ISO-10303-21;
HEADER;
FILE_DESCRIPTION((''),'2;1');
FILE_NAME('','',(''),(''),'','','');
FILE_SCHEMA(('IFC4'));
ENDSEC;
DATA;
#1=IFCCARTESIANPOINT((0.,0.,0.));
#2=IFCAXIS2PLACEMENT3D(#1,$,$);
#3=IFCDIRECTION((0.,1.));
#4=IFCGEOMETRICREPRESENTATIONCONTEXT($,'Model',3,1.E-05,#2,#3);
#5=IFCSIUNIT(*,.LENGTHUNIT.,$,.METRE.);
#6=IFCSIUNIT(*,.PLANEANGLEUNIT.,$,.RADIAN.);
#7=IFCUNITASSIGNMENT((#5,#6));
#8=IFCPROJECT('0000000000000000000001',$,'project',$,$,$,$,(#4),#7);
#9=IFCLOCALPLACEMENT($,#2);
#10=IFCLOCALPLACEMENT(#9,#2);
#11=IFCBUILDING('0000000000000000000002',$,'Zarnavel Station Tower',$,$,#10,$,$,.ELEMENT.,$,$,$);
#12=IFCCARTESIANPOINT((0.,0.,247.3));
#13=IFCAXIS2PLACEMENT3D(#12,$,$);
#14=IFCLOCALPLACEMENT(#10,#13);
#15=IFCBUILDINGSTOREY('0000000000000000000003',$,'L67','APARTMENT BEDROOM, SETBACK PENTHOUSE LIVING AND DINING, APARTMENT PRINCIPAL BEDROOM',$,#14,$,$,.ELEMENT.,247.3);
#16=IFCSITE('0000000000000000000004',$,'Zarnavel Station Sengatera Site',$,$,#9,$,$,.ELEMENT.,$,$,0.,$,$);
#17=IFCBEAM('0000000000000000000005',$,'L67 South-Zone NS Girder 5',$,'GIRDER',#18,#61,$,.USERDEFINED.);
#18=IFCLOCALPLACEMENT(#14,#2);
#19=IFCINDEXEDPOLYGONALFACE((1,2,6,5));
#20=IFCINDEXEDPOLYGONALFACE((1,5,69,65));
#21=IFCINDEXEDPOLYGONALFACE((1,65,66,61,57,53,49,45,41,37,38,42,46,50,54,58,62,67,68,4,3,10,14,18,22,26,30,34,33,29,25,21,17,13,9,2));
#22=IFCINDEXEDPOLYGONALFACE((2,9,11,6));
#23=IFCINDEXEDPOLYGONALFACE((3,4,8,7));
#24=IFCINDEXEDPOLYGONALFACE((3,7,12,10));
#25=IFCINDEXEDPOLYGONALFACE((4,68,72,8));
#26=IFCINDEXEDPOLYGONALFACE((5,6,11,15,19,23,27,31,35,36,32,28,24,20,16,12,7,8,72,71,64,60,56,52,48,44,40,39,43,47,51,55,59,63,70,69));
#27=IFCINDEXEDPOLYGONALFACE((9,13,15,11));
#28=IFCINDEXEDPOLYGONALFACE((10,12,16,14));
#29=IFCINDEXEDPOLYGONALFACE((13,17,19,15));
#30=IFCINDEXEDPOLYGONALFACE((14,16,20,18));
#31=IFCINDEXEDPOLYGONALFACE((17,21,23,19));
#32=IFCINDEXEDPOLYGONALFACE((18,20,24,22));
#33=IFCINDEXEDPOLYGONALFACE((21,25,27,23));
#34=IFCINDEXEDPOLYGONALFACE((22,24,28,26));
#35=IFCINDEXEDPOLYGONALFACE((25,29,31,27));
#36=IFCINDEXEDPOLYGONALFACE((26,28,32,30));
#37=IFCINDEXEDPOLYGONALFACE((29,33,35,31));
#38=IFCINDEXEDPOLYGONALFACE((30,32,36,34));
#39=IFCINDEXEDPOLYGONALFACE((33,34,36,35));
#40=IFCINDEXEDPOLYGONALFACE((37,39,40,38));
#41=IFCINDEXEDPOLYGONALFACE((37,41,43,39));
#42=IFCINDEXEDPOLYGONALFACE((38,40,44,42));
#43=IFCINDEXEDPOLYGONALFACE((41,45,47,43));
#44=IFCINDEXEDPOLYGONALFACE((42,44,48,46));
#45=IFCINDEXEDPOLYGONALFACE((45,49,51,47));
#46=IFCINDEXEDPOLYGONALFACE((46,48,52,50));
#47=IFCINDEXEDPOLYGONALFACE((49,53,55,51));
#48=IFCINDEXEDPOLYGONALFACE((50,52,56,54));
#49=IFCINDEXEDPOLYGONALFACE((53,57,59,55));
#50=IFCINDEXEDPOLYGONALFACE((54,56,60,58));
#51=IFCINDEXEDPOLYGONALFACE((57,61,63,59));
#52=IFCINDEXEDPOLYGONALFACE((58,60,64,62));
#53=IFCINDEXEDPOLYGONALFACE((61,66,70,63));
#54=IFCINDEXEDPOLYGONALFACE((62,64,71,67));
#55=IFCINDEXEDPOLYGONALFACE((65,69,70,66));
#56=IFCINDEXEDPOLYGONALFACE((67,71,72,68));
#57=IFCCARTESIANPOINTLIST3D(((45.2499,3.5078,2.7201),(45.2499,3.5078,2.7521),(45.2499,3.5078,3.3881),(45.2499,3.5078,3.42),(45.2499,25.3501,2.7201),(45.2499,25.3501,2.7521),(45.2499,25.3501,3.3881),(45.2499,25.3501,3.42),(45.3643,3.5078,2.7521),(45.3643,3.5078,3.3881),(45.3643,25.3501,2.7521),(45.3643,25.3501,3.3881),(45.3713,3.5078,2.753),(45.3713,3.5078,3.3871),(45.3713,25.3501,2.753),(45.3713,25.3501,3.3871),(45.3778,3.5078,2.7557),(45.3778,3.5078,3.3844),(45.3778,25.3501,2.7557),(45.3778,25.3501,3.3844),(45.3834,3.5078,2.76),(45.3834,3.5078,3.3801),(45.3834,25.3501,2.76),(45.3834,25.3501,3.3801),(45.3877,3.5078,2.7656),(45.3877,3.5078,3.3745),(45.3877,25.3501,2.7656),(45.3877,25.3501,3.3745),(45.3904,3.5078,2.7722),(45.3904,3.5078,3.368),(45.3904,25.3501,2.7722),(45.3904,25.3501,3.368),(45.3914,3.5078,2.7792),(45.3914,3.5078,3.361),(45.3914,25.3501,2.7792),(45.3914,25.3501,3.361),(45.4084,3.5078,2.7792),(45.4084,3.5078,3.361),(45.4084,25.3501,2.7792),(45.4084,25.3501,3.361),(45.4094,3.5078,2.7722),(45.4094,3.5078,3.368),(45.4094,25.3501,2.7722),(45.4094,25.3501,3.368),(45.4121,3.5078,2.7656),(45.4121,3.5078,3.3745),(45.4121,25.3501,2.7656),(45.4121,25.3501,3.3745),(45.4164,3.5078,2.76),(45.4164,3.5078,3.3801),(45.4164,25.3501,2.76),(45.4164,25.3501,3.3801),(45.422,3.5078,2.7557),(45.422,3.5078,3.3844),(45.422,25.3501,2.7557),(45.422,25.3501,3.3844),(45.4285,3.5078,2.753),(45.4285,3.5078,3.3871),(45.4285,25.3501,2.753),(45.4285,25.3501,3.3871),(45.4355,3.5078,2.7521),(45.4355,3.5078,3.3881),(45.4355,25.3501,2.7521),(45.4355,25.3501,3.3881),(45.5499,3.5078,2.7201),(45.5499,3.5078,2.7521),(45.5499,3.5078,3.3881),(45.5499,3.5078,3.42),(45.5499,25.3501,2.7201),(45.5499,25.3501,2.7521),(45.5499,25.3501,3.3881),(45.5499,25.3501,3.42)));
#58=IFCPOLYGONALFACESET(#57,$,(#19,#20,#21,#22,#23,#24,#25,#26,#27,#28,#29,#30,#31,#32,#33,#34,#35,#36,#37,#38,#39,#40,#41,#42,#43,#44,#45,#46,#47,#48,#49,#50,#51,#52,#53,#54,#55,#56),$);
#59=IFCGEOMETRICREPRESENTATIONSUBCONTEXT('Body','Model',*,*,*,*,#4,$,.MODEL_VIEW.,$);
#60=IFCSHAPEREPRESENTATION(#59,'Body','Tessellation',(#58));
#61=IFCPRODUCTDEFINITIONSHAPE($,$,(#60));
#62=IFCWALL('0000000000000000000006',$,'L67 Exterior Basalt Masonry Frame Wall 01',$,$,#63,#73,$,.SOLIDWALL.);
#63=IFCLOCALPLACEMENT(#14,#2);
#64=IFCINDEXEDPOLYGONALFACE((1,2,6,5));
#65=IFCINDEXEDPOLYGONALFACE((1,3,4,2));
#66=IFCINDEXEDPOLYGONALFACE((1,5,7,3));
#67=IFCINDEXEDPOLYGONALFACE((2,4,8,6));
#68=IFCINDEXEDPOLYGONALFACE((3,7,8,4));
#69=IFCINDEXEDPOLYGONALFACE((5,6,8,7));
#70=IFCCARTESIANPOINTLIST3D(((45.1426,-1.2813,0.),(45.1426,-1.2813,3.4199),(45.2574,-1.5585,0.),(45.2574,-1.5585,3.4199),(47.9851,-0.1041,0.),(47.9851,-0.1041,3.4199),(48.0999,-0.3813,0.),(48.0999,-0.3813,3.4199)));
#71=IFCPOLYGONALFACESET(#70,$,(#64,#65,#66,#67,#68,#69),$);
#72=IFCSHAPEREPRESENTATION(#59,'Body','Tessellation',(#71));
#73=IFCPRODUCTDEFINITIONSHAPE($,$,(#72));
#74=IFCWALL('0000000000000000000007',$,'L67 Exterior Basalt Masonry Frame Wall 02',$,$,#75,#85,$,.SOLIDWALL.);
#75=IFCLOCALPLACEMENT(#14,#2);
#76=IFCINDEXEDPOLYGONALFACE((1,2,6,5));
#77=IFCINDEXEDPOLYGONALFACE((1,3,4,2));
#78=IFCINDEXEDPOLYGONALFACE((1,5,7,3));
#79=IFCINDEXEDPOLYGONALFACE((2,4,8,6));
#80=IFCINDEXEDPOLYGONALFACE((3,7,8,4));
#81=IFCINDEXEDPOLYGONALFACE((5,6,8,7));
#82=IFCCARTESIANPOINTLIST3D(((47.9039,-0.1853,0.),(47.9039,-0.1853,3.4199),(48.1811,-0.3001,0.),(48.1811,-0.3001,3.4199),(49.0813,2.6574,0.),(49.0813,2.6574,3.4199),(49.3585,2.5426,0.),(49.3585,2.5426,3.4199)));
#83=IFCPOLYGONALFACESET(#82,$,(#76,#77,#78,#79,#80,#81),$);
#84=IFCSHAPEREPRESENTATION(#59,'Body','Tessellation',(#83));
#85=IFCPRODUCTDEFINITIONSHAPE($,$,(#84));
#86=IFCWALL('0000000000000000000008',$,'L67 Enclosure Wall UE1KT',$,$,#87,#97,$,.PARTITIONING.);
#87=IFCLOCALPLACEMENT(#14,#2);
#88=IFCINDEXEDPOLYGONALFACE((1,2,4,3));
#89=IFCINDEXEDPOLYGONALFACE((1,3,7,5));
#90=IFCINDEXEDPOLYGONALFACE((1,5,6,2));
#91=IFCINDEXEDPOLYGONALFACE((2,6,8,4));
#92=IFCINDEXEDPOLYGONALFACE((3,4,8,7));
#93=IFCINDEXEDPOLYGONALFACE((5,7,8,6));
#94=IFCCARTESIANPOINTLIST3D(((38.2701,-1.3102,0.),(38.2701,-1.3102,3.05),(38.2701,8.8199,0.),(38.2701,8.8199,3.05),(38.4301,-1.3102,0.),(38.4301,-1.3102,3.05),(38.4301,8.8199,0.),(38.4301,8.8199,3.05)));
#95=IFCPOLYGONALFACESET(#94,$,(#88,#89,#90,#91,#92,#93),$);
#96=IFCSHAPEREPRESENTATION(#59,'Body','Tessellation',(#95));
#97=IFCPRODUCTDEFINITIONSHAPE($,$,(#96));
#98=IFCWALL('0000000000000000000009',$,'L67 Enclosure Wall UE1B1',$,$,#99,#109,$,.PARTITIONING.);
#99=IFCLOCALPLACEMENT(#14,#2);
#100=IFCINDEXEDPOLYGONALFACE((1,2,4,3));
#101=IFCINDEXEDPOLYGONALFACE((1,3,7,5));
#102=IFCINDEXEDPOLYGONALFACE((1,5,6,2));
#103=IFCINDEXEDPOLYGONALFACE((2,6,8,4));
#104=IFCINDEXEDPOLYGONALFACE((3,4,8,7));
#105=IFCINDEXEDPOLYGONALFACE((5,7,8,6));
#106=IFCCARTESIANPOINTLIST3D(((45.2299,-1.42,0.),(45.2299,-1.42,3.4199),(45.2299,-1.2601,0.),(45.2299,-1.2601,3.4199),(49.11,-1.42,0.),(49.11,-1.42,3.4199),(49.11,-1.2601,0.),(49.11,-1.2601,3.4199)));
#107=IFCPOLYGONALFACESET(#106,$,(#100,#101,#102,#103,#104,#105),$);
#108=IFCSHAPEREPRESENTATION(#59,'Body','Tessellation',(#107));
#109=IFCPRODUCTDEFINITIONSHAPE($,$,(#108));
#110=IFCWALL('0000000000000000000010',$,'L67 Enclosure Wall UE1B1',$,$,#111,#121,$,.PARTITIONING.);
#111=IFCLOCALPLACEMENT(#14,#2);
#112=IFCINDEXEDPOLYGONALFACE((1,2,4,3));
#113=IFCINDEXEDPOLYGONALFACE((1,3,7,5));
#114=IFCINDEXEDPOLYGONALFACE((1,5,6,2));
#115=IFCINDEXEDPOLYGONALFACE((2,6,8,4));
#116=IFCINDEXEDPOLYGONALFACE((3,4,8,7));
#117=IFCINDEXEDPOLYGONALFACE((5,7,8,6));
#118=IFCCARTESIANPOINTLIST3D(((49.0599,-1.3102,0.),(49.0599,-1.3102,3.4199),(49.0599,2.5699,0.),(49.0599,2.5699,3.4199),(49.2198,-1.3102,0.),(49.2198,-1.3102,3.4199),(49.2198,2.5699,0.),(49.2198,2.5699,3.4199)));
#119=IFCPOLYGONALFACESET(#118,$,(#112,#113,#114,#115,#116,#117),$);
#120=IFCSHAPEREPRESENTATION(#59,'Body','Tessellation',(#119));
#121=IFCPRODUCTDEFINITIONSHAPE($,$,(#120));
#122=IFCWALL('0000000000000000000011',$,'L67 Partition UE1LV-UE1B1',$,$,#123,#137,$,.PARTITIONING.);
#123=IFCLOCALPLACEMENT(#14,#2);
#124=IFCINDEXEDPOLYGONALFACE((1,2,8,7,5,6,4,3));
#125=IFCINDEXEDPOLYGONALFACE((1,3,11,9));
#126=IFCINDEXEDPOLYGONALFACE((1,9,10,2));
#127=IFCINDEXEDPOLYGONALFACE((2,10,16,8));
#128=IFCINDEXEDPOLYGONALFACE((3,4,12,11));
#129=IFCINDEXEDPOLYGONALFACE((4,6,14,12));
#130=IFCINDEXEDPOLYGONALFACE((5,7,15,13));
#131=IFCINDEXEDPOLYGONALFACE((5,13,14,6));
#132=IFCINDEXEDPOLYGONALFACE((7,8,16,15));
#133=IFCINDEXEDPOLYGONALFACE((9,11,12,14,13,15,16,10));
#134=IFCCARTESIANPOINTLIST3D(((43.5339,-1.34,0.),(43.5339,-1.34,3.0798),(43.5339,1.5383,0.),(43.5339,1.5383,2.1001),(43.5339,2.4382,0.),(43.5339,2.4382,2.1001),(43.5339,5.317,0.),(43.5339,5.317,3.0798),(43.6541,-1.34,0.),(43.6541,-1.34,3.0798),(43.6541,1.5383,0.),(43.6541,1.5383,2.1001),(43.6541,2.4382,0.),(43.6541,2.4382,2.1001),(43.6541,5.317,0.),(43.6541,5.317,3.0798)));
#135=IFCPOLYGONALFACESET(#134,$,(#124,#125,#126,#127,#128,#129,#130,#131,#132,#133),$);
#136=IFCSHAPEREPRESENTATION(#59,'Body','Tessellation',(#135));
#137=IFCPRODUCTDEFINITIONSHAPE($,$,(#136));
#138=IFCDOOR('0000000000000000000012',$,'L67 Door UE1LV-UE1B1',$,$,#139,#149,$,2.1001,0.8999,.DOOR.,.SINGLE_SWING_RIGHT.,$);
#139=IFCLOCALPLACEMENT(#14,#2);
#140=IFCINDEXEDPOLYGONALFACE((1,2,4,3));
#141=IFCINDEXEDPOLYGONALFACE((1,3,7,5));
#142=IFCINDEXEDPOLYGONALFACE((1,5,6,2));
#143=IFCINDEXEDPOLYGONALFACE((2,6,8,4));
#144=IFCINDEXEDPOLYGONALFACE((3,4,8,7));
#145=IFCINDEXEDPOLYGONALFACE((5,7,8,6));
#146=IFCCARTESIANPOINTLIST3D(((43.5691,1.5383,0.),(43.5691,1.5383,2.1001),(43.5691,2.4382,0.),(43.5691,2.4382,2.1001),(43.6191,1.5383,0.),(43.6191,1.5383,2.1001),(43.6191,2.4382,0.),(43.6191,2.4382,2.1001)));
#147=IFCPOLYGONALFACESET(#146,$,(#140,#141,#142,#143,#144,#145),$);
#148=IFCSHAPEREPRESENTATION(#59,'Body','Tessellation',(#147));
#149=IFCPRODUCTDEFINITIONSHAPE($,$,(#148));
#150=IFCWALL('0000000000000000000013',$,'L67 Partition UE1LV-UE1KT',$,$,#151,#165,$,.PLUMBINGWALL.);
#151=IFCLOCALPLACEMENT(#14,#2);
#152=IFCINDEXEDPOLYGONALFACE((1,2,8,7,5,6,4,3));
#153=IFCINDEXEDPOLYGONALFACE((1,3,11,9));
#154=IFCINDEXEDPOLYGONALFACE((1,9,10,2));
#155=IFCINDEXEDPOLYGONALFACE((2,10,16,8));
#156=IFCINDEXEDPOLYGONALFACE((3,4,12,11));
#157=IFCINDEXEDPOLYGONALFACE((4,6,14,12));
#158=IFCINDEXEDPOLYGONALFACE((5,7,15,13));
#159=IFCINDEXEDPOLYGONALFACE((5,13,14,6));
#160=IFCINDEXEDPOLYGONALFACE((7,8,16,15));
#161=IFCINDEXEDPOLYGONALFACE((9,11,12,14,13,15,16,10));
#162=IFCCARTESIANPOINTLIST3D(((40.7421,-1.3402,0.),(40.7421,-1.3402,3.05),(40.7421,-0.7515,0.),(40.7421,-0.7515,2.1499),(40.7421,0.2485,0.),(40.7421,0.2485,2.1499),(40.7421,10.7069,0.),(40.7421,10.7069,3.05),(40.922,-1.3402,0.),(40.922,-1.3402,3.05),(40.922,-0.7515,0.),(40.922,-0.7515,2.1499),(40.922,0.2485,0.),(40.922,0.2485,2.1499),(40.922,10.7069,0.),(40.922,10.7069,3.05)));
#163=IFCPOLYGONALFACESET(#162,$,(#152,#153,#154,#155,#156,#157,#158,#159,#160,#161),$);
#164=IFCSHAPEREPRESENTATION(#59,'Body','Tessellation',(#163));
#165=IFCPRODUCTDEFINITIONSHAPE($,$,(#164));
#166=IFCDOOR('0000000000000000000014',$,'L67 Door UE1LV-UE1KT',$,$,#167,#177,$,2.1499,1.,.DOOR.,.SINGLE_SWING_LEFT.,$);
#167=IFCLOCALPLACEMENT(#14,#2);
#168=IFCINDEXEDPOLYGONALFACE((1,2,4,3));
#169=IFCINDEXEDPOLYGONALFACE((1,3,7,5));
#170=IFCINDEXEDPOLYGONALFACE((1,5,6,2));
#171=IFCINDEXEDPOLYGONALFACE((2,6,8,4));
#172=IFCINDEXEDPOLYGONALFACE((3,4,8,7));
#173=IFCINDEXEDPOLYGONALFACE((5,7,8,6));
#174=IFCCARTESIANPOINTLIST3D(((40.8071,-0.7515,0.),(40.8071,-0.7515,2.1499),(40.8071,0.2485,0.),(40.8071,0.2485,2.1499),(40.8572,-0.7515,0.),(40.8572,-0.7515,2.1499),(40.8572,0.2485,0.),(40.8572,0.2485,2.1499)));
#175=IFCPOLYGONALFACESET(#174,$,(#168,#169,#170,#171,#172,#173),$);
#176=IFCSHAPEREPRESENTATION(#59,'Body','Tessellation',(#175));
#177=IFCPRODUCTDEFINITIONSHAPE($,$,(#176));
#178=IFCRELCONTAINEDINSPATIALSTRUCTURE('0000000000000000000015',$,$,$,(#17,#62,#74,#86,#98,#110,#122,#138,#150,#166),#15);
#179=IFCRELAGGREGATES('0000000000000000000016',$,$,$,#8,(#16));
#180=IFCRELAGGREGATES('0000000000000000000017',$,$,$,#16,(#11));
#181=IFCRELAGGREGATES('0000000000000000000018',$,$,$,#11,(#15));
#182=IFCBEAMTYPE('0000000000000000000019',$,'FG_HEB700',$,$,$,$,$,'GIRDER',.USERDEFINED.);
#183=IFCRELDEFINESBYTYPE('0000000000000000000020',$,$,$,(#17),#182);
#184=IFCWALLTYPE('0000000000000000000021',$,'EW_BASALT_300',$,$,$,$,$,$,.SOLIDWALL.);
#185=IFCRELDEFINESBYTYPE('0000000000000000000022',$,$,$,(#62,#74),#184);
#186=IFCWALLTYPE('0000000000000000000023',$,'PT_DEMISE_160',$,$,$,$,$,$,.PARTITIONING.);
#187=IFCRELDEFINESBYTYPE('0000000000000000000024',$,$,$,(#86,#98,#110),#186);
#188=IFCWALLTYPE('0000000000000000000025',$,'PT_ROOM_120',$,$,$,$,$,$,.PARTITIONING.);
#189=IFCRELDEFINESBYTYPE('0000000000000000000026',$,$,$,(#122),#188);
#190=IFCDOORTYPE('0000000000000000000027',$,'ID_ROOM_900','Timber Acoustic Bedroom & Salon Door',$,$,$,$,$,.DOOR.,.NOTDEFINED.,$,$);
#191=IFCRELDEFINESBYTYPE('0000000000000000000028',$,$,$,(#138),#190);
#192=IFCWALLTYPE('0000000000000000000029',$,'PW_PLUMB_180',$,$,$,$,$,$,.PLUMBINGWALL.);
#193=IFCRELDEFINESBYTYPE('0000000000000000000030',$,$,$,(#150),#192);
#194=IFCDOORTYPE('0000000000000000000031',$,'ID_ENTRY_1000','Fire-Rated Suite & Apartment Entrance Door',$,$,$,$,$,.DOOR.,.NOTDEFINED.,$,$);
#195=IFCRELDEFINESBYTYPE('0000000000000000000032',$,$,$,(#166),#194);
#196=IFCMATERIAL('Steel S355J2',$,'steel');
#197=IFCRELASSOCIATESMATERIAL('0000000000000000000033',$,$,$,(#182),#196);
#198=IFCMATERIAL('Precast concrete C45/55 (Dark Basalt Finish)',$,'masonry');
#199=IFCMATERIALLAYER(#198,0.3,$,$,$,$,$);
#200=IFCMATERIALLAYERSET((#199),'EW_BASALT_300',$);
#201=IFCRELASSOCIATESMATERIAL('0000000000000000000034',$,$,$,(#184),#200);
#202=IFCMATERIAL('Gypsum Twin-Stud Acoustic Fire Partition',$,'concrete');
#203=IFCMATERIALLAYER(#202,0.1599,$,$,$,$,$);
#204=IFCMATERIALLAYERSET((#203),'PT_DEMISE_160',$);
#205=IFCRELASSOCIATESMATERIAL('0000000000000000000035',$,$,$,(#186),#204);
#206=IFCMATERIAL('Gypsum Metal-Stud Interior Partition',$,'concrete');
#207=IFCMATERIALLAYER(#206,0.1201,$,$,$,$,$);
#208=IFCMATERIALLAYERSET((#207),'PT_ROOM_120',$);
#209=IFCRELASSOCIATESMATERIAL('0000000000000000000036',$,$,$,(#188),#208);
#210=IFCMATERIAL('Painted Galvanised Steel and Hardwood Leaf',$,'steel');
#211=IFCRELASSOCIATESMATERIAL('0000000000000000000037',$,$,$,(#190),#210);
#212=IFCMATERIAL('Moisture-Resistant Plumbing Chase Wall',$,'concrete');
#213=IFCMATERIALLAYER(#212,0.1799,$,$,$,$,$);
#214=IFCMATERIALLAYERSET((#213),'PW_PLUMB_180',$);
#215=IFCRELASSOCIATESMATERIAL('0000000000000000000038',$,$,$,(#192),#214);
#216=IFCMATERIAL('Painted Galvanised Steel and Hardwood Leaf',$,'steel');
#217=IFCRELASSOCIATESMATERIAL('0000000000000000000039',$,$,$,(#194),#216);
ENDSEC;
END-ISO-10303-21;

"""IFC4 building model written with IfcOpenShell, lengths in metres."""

from ifc_helpers import new_model, si_unit, direction, frame, frame_2d, origin, origin_2d, place, context, subcontext, project, spatial, rectangle, i_section, extrude, material, layer, layer_set, material_profile, profile_set, type_object, element, fill, save


model = new_model("IFC4")

# Units and contexts
model_context = context("Model", 3, precision=1e-05, world=origin(), true_north=direction((0.0, 1.0)))
body_context = subcontext(model_context, "Body", "Model", "MODEL_VIEW")
ifc_project = project(units=[si_unit("LENGTHUNIT", "METRE"), si_unit("PLANEANGLEUNIT", "RADIAN")], contexts=[model_context])

# Site, building, storey
site_placement = place(None, origin())
site = spatial("IfcSite", under=ifc_project, at=site_placement, Name="Zarnavel Station Sengatera Site", CompositionType="ELEMENT", RefElevation=0.0)
building_placement = place(site_placement, origin())
building = spatial("IfcBuilding", under=site, at=building_placement, Name="Zarnavel Station Tower", CompositionType="ELEMENT")
storey_placement = place(building_placement, frame((0.0, 0.0, 247.3)))
storey = spatial("IfcBuildingStorey", under=building, at=storey_placement, Name="L67", Description="APARTMENT BEDROOM, SETBACK PENTHOUSE LIVING AND DINING, APARTMENT PRINCIPAL BEDROOM", CompositionType="ELEMENT", Elevation=247.3)

# Beam
ifc_material_1 = material(Name="Steel S355J2", Category="steel")
ifc_material_profile = material_profile(ifc_material_1, i_section(OverallWidth=0.3, OverallDepth=0.7, WebThickness=0.0171, FlangeThickness=0.032, FilletRadius=0.0271, at=origin_2d()), Name="HEB700")
ifc_profile_set = profile_set([ifc_material_profile], Name="Steel S355J2")
beam_type = type_object("IfcBeamType", Name="FG_HEB700", ElementType="GIRDER", PredefinedType="USERDEFINED", material=ifc_profile_set)
beam_placement = place(storey_placement, frame((45.3999, 3.5078, 3.0701), z_axis=(0.0, 1.0, 0.0), x_axis=(-1.0, 0.0, 0.0)))
element("IfcBeam", 1, at=beam_placement, inside=storey, type_object=beam_type, Name="L67 South-Zone NS Girder 5", ObjectType="GIRDER", PredefinedType="USERDEFINED", context=body_context, shape_type="SweptSolid", body=[
    extrude(i_section(OverallWidth=0.3, OverallDepth=0.7, WebThickness=0.0171, FlangeThickness=0.032, FilletRadius=0.0271, at=origin_2d()), origin(), (0.0, 0.0, 1.0), 21.8423),
])

# Walls
ifc_material_2 = material(Name="Precast concrete C45/55 (Dark Basalt Finish)", Category="masonry")
ifc_layer_1 = layer(ifc_material_2, 0.3)
ifc_layer_set_1 = layer_set([ifc_layer_1], Name="EW_BASALT_300")
wall_type_1 = type_object("IfcWallType", Name="EW_BASALT_300", PredefinedType="SOLIDWALL", material=ifc_layer_set_1)
wall_1_placement = place(storey_placement, frame((48.0425, -0.2427, 0.0), z_axis=(0.0, 0.0, 1.0), x_axis=(-0.923899, -0.382637, 0.0)))
element("IfcWall", 2, at=wall_1_placement, inside=storey, type_object=wall_type_1, Name="L67 Exterior Basalt Masonry Frame Wall 01", PredefinedType="SOLIDWALL", context=body_context, shape_type="SweptSolid", body=[
    extrude(rectangle(XDim=3.0767, YDim=0.3, at=frame_2d((1.5383, 0.0))), origin(), (0.0, 0.0, 1.0), 3.4199),
])
wall_2_placement = place(storey_placement, frame((49.22, 2.6001, 0.0), z_axis=(0.0, 0.0, 1.0), x_axis=(-0.382676, -0.923882, 0.0)))
element("IfcWall", 3, at=wall_2_placement, inside=storey, type_object=wall_type_1, Name="L67 Exterior Basalt Masonry Frame Wall 02", PredefinedType="SOLIDWALL", context=body_context, shape_type="SweptSolid", body=[
    extrude(rectangle(XDim=3.0769, YDim=0.3, at=frame_2d((1.5386, 0.0))), origin(), (0.0, 0.0, 1.0), 3.4199),
])

# Walls
ifc_material_3 = material(Name="Gypsum Twin-Stud Acoustic Fire Partition", Category="concrete")
ifc_layer_2 = layer(ifc_material_3, 0.1599)
ifc_layer_set_2 = layer_set([ifc_layer_2], Name="PT_DEMISE_160")
wall_type_2 = type_object("IfcWallType", Name="PT_DEMISE_160", PredefinedType="PARTITIONING", material=ifc_layer_set_2)
wall_3_placement = place(storey_placement, frame((38.3501, -1.3101, 0.0), z_axis=(0.0, 0.0, 1.0), x_axis=(0.0, 1.0, 0.0)))
element("IfcWall", 4, at=wall_3_placement, inside=storey, type_object=wall_type_2, Name="L67 Enclosure Wall UE1KT", PredefinedType="PARTITIONING", context=body_context, shape_type="SweptSolid", body=[
    extrude(rectangle(XDim=10.1301, YDim=0.1599, at=frame_2d((5.0649, 0.0))), origin(), (0.0, 0.0, 1.0), 3.05),
])
for number, where, z_axis, x_axis, name in (
    (5, (45.23, -1.3401, 0.0), (0.0, 0.0, 1.0), (1.0, 0.0, 0.0), "L67 Enclosure Wall UE1B1"),
    (6, (49.1399, -1.3101, 0.0), (0.0, 0.0, 1.0), (0.0, 1.0, 0.0), "L67 Enclosure Wall UE1B1"),
):
    element("IfcWall", number, at=place(storey_placement, frame(where, z_axis=z_axis, x_axis=x_axis)), inside=storey, type_object=wall_type_2, Name=name, PredefinedType="PARTITIONING", context=body_context, shape_type="SweptSolid", body=[
        extrude(rectangle(XDim=3.8801, YDim=0.1599, at=frame_2d((1.9399, 0.0))), origin(), (0.0, 0.0, 1.0), 3.4199),
    ])

# Walls, openings, doors
ifc_material_4 = material(Name="Gypsum Metal-Stud Interior Partition", Category="concrete")
ifc_layer_3 = layer(ifc_material_4, 0.1201)
ifc_layer_set_3 = layer_set([ifc_layer_3], Name="PT_ROOM_120")
wall_type_3 = type_object("IfcWallType", Name="PT_ROOM_120", PredefinedType="PARTITIONING", material=ifc_layer_set_3)
wall_4_placement = place(storey_placement, frame((43.594, -1.3401, 0.0), z_axis=(0.0, 0.0, 1.0), x_axis=(0.0, 1.0, 0.0)))
wall_4 = element("IfcWall", 7, at=wall_4_placement, inside=storey, type_object=wall_type_3, Name="L67 Partition UE1LV-UE1B1", PredefinedType="PARTITIONING", context=body_context, shape_type="SweptSolid", body=[
    extrude(rectangle(XDim=6.657, YDim=0.1201, at=frame_2d((3.3286, 0.0))), origin(), (0.0, 0.0, 1.0), 3.0798),
])
opening_1_placement = place(wall_4_placement, frame((2.8784, 0.0, 0.0)))
opening_1 = element("IfcOpeningElement", 8, at=opening_1_placement, cuts=wall_4, PredefinedType="OPENING", context=body_context, shape_type="SweptSolid", body=[
    extrude(rectangle(XDim=0.8999, YDim=2.1001, at=frame_2d((0.45, 1.05))), frame((0.0, 0.0701, 0.0), z_axis=(0.0, -1.0, 0.0), x_axis=(1.0, 0.0, 0.0)), (0.0, 0.0, 1.0), 0.1401),
])
ifc_material_5 = material(Name="Painted Galvanised Steel and Hardwood Leaf", Category="steel")
door_type_1 = type_object("IfcDoorType", Name="ID_ROOM_900", Description="Timber Acoustic Bedroom & Salon Door", OperationType="NOTDEFINED", PredefinedType="DOOR", material=ifc_material_5)
door_1_placement = place(opening_1_placement, origin())
door_1 = element("IfcDoor", 9, at=door_1_placement, inside=storey, type_object=door_type_1, Name="L67 Door UE1LV-UE1B1", OperationType="SINGLE_SWING_RIGHT", OverallHeight=2.1001, OverallWidth=0.8999, PredefinedType="DOOR", context=body_context, shape_type="SweptSolid", body=[
    extrude(rectangle(XDim=0.8999, YDim=2.1001, at=frame_2d((0.45, 1.05))), frame((0.0, 0.0249, 0.0), z_axis=(0.0, -1.0, 0.0), x_axis=(1.0, 0.0, 0.0)), (0.0, 0.0, 1.0), 0.05),
])
fill(opening_1, door_1)
ifc_material_6 = material(Name="Moisture-Resistant Plumbing Chase Wall", Category="concrete")
ifc_layer_4 = layer(ifc_material_6, 0.1799)
ifc_layer_set_4 = layer_set([ifc_layer_4], Name="PW_PLUMB_180")
wall_type_4 = type_object("IfcWallType", Name="PW_PLUMB_180", PredefinedType="PLUMBINGWALL", material=ifc_layer_set_4)
wall_5_placement = place(storey_placement, frame((40.832, -1.3401, 0.0), z_axis=(0.0, 0.0, 1.0), x_axis=(0.0, 1.0, 0.0)))
wall_5 = element("IfcWall", 10, at=wall_5_placement, inside=storey, type_object=wall_type_4, Name="L67 Partition UE1LV-UE1KT", PredefinedType="PLUMBINGWALL", context=body_context, shape_type="SweptSolid", body=[
    extrude(rectangle(XDim=12.0471, YDim=0.1799, at=frame_2d((6.0234, 0.0))), origin(), (0.0, 0.0, 1.0), 3.05),
])
opening_2_placement = place(wall_5_placement, frame((0.5886, 0.0, 0.0)))
opening_2 = element("IfcOpeningElement", 11, at=opening_2_placement, cuts=wall_5, PredefinedType="OPENING", context=body_context, shape_type="SweptSolid", body=[
    extrude(rectangle(XDim=1.0, YDim=2.1499, at=frame_2d((0.5, 1.075))), frame((0.0, 0.0999, 0.0), z_axis=(0.0, -1.0, 0.0), x_axis=(1.0, 0.0, 0.0)), (0.0, 0.0, 1.0), 0.2),
])
ifc_material_7 = material(Name="Painted Galvanised Steel and Hardwood Leaf", Category="steel")
door_type_2 = type_object("IfcDoorType", Name="ID_ENTRY_1000", Description="Fire-Rated Suite & Apartment Entrance Door", OperationType="NOTDEFINED", PredefinedType="DOOR", material=ifc_material_7)
door_2_placement = place(opening_2_placement, origin())
door_2 = element("IfcDoor", 12, at=door_2_placement, inside=storey, type_object=door_type_2, Name="L67 Door UE1LV-UE1KT", OperationType="SINGLE_SWING_LEFT", OverallHeight=2.1499, OverallWidth=1.0, PredefinedType="DOOR", context=body_context, shape_type="SweptSolid", body=[
    extrude(rectangle(XDim=1.0, YDim=2.1499, at=frame_2d((0.5, 1.075))), frame((0.0, 0.0249, 0.0), z_axis=(0.0, -1.0, 0.0), x_axis=(1.0, 0.0, 0.0)), (0.0, 0.0, 1.0), 0.05),
])
fill(opening_2, door_2)

save(model, "model.ifc")
